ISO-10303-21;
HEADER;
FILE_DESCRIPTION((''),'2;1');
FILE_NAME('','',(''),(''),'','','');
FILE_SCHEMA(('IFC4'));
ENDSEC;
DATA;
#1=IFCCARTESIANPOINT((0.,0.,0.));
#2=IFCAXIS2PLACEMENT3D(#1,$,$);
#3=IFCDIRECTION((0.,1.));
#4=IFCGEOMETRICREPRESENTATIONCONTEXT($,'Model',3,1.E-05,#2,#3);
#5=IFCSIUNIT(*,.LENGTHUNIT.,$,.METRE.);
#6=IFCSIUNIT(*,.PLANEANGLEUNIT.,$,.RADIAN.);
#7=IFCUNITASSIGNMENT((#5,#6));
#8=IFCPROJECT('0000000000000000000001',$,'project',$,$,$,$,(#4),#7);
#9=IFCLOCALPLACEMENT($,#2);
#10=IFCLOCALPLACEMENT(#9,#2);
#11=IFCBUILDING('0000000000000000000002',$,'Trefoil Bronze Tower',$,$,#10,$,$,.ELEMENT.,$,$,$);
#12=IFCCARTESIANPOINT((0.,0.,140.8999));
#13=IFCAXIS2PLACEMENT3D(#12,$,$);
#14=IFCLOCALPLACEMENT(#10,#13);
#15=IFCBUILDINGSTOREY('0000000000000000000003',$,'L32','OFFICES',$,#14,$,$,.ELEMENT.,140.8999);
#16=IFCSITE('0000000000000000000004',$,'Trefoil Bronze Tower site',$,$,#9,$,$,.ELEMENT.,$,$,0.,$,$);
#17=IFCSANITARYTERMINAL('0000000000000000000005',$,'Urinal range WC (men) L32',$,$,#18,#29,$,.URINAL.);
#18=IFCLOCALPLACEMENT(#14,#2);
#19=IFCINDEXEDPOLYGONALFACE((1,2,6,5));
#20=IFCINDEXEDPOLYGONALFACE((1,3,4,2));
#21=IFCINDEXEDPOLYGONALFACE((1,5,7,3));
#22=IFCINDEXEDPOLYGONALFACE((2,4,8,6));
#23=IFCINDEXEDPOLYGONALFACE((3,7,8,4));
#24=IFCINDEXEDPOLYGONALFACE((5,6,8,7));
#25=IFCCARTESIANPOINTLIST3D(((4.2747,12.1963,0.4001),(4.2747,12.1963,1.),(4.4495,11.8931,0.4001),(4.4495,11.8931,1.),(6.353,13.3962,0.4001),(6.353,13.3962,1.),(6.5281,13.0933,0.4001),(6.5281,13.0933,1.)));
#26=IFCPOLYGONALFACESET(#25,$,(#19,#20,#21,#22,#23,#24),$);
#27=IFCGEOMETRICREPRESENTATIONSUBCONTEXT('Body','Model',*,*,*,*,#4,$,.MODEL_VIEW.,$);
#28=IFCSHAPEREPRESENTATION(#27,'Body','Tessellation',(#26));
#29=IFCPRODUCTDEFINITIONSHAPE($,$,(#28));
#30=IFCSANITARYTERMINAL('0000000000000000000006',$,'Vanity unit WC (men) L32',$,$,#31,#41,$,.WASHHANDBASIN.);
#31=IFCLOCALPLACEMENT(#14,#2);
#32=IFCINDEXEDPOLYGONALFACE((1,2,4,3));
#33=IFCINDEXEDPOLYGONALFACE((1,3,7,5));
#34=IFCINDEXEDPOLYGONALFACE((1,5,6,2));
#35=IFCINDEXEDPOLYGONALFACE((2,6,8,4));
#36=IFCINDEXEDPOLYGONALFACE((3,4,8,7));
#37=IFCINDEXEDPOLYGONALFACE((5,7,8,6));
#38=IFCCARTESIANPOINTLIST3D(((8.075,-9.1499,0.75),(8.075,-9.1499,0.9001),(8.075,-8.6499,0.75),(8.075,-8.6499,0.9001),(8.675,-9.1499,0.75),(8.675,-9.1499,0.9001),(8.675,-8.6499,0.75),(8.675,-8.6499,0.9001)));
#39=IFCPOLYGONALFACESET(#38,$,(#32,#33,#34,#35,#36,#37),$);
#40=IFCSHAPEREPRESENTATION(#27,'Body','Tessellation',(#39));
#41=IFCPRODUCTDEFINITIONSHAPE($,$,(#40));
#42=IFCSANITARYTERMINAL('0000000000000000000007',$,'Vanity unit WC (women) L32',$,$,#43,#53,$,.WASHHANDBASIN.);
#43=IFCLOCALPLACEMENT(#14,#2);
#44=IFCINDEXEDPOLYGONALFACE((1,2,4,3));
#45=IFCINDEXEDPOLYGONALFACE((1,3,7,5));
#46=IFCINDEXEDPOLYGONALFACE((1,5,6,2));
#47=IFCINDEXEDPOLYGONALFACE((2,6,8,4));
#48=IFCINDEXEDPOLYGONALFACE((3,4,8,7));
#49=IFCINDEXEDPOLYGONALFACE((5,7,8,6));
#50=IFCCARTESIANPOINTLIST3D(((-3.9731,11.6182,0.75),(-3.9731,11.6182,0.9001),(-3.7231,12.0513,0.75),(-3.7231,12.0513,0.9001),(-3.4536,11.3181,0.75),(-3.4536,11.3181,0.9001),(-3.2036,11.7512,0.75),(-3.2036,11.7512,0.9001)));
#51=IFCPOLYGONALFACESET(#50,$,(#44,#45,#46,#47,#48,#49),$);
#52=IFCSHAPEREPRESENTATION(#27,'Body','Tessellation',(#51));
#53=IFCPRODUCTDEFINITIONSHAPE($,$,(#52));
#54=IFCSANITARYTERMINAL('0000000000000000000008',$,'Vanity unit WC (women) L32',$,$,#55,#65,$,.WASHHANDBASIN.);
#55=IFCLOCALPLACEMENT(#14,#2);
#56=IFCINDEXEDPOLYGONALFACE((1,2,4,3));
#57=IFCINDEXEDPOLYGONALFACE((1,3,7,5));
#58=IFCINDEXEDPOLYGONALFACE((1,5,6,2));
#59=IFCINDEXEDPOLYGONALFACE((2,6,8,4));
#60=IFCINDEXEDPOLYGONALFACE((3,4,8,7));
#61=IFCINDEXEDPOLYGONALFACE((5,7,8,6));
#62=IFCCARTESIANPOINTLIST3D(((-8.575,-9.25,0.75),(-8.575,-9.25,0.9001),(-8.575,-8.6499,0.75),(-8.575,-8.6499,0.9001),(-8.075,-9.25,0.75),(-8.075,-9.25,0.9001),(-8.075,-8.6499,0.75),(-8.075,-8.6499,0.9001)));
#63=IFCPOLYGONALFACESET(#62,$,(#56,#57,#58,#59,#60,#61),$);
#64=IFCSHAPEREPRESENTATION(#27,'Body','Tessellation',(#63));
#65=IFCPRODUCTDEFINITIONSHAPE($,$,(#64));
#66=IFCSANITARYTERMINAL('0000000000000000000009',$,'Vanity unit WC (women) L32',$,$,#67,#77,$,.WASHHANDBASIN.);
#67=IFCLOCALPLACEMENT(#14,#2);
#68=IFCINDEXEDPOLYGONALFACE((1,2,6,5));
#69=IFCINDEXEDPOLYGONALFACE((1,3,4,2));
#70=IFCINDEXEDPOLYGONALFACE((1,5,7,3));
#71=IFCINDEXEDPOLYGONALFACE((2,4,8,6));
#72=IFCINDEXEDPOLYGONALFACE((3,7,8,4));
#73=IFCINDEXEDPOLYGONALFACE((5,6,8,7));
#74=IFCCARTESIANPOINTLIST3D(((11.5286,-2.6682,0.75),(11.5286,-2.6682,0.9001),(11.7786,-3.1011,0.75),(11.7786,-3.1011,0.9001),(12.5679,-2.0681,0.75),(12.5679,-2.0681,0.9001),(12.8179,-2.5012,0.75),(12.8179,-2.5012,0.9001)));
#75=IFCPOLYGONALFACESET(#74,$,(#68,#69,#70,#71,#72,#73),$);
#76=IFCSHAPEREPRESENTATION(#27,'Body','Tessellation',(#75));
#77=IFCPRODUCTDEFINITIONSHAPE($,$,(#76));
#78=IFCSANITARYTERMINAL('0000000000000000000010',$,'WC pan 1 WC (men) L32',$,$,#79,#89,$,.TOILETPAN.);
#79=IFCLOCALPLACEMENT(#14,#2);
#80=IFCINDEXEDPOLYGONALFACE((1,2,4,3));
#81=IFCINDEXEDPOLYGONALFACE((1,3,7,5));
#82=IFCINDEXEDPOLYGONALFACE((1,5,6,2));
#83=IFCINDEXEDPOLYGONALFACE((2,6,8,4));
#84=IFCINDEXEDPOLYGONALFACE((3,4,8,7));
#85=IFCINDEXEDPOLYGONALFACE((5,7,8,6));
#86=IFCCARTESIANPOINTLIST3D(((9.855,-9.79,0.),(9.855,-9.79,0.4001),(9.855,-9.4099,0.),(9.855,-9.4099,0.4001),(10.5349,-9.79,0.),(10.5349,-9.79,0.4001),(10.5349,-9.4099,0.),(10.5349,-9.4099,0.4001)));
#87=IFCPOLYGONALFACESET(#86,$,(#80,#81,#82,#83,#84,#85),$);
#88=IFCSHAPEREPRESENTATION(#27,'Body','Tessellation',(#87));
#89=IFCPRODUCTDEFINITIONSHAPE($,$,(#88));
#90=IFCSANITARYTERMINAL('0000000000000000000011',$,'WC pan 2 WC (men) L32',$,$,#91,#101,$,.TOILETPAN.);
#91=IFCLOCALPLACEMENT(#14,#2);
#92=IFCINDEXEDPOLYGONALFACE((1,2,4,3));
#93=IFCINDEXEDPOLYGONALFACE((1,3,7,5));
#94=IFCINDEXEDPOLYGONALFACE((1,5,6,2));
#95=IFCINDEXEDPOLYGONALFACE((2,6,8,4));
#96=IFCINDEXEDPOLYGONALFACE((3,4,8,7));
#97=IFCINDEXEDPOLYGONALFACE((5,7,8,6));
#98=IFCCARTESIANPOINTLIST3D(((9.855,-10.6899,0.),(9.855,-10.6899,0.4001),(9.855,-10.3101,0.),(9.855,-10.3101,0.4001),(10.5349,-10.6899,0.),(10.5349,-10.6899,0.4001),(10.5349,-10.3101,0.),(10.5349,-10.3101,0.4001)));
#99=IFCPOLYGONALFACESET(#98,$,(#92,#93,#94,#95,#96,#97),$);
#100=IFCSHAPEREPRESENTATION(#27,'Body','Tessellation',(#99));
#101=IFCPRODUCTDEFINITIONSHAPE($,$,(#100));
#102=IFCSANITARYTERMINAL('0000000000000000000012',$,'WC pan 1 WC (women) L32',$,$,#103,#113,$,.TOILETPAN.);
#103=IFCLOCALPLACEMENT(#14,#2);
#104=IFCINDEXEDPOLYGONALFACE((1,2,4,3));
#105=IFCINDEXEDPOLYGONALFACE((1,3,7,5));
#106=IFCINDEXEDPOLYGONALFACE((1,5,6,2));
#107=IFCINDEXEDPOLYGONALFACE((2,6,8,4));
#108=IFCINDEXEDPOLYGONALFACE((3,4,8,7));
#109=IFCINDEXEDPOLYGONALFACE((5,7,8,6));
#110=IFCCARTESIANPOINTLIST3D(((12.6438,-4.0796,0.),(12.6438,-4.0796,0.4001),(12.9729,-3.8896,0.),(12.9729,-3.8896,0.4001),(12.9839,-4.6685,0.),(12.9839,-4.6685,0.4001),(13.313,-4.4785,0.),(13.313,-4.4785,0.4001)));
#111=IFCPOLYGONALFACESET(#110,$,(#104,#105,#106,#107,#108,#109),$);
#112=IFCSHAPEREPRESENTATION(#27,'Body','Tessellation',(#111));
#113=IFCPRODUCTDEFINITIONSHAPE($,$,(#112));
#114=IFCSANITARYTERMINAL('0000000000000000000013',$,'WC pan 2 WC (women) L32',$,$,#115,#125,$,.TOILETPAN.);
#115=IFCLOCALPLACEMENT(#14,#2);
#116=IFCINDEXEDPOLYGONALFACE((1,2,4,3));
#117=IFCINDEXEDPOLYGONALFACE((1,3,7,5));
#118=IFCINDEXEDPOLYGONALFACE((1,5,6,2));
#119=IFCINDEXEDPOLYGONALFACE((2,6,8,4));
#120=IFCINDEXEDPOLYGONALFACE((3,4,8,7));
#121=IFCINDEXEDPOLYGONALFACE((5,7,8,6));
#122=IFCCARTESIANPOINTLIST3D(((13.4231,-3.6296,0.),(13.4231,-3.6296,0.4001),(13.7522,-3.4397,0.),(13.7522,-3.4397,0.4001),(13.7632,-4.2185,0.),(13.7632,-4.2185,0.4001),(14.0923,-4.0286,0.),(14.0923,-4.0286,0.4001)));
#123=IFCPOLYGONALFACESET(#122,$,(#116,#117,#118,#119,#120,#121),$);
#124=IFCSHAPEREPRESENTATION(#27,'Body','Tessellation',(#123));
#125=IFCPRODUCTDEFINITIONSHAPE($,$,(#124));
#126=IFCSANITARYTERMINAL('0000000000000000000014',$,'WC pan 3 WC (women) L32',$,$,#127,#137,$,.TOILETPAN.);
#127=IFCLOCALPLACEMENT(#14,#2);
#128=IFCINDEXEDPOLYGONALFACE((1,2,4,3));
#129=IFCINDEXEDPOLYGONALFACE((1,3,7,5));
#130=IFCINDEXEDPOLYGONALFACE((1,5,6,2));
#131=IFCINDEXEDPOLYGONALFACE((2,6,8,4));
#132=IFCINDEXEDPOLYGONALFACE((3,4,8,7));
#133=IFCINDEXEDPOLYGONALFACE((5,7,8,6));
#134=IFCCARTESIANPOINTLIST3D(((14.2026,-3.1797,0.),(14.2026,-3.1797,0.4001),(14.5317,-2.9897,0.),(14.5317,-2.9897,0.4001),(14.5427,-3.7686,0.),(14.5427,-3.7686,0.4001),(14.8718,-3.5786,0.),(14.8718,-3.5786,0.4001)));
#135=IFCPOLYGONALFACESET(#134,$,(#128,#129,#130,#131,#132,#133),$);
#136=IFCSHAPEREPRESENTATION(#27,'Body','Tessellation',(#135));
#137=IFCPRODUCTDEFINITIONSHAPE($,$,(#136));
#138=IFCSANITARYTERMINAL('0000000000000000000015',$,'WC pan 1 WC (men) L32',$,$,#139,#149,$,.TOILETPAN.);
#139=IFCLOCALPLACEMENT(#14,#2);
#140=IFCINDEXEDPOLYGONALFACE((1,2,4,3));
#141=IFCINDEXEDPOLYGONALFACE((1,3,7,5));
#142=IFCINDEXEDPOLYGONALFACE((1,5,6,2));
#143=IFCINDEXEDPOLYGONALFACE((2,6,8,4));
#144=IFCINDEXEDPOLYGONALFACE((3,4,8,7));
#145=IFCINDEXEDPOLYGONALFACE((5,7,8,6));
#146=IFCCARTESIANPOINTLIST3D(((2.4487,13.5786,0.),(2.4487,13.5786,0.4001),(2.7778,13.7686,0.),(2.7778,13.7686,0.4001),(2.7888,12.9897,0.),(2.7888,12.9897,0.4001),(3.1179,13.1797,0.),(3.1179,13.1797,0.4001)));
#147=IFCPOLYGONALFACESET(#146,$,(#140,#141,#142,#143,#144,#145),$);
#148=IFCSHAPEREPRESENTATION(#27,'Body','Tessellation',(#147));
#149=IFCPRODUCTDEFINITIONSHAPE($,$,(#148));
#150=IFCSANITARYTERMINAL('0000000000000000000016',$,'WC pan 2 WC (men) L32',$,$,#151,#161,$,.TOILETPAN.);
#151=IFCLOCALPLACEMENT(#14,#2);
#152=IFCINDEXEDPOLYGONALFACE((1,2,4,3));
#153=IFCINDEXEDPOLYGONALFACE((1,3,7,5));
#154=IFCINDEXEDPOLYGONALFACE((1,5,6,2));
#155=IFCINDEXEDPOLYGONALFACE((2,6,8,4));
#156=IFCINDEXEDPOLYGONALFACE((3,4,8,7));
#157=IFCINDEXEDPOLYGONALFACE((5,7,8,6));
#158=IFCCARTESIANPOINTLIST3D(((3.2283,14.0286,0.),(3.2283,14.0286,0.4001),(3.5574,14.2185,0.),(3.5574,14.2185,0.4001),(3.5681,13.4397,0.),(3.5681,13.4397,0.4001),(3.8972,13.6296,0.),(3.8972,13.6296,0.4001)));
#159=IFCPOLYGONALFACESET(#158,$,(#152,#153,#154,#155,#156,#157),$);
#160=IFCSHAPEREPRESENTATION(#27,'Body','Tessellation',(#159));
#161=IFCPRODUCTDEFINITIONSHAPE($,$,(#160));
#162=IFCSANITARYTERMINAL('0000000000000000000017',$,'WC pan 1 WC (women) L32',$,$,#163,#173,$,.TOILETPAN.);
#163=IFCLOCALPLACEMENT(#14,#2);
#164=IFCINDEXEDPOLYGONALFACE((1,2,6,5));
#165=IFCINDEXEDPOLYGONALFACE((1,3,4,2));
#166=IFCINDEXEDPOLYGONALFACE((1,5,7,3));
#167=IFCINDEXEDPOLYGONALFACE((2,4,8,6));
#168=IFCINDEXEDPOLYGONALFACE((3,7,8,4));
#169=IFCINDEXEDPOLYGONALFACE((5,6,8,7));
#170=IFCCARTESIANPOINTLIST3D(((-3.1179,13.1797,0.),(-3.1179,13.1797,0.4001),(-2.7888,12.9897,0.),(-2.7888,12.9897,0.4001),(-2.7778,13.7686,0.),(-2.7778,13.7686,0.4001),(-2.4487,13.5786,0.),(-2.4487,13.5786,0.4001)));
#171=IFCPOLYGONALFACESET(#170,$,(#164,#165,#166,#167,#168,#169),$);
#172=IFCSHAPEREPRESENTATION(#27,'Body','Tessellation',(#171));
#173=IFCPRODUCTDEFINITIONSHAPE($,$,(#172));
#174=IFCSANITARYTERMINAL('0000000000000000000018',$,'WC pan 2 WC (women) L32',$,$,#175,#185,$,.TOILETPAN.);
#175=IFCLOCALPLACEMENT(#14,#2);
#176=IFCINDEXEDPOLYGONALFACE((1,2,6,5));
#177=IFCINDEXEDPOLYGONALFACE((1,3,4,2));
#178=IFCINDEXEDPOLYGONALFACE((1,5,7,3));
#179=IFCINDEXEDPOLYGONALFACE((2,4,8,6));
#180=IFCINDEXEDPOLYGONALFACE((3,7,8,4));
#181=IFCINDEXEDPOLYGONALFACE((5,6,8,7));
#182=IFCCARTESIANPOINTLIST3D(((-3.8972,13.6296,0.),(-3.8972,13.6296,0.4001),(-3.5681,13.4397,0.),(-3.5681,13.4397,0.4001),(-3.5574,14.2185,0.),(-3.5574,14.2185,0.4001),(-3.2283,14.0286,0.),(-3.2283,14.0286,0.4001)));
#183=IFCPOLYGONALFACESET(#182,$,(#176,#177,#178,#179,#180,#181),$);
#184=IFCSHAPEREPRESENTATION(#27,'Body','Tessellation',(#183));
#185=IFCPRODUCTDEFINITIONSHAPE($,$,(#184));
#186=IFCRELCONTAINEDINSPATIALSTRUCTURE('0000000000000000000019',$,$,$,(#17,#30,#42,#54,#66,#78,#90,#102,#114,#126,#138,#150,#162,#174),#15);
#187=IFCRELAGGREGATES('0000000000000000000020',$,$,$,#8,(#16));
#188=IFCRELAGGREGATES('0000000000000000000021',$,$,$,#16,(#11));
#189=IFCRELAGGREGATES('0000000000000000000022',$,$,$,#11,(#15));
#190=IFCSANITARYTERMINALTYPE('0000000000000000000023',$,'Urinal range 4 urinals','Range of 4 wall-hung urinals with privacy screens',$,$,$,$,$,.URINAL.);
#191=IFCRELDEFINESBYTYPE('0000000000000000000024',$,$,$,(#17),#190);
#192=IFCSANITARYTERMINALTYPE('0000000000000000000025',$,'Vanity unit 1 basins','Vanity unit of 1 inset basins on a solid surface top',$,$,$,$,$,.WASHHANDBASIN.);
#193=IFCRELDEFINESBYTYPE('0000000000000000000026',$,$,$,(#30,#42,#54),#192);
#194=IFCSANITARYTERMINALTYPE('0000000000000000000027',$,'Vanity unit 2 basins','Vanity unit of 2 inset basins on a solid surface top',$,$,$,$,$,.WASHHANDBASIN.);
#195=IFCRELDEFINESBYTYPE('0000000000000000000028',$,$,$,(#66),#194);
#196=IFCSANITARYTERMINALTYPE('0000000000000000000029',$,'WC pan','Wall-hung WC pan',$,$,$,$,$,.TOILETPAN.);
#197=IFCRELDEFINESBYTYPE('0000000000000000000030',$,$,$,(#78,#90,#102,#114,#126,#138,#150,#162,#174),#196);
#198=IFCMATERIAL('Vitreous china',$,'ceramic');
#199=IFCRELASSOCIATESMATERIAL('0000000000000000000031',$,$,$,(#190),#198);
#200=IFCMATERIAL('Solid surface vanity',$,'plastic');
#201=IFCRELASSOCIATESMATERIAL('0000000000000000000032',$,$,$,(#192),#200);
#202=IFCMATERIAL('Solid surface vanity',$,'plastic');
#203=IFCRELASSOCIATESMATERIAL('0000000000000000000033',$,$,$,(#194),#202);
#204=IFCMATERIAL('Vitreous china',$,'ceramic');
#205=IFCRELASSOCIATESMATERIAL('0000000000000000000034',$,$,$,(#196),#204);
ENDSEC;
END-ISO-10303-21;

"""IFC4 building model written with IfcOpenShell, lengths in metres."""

from ifc_helpers import new_model, si_unit, direction, frame, origin, place, context, subcontext, project, spatial, polyline, outline, extrude, material, type_object, element, save


model = new_model("IFC4")

# Units and contexts
model_context = context("Model", 3, precision=1e-05, world=origin(), true_north=direction((0.0, 1.0)))
body_context = subcontext(model_context, "Body", "Model", "MODEL_VIEW")
ifc_project = project(units=[si_unit("LENGTHUNIT", "METRE"), si_unit("PLANEANGLEUNIT", "RADIAN")], contexts=[model_context])

# Site, building, storey
site_placement = place(None, origin())
site = spatial("IfcSite", under=ifc_project, at=site_placement, Name="Trefoil Bronze Tower site", CompositionType="ELEMENT", RefElevation=0.0)
building_placement = place(site_placement, origin())
building = spatial("IfcBuilding", under=site, at=building_placement, Name="Trefoil Bronze Tower", CompositionType="ELEMENT")
storey_placement = place(building_placement, frame((0.0, 0.0, 140.8999)))
storey = spatial("IfcBuildingStorey", under=building, at=storey_placement, Name="L32", Description="OFFICES", CompositionType="ELEMENT", Elevation=140.8999)

# Sanitary terminals
ifc_material_1 = material(Name="Vitreous china", Category="ceramic")
sanitary_terminal_type_1 = type_object("IfcSanitaryTerminalType", Name="Urinal range 4 urinals", Description="Range of 4 wall-hung urinals with privacy screens", PredefinedType="URINAL", material=ifc_material_1)
sanitary_terminal_1_placement = place(storey_placement, frame((0.0, 0.0, 0.4001)))
element("IfcSanitaryTerminal", 1, at=sanitary_terminal_1_placement, inside=storey, type_object=sanitary_terminal_type_1, Name="Urinal range WC (men) L32", PredefinedType="URINAL", context=body_context, shape_type="SweptSolid", body=[
    extrude(outline(polyline([(4.4495, 11.8931), (4.2747, 12.1963), (6.353, 13.3962), (6.5281, 13.0933), (4.4495, 11.8931)])), origin(), (0.0, 0.0, 1.0), 0.5999),
])
ifc_material_2 = material(Name="Solid surface vanity", Category="plastic")
sanitary_terminal_type_2 = type_object("IfcSanitaryTerminalType", Name="Vanity unit 1 basins", Description="Vanity unit of 1 inset basins on a solid surface top", PredefinedType="WASHHANDBASIN", material=ifc_material_2)
sanitary_terminal_2_placement = place(storey_placement, frame((0.0, 0.0, 0.75)))
element("IfcSanitaryTerminal", 2, at=sanitary_terminal_2_placement, inside=storey, type_object=sanitary_terminal_type_2, Name="Vanity unit WC (men) L32", PredefinedType="WASHHANDBASIN", context=body_context, shape_type="SweptSolid", body=[
    extrude(outline(polyline([(8.075, -8.6499), (8.675, -8.6499), (8.675, -9.1499), (8.075, -9.1499), (8.075, -8.6499)])), origin(), (0.0, 0.0, 1.0), 0.1501),
])
sanitary_terminal_3_placement = place(storey_placement, frame((0.0, 0.0, 0.75)))
element("IfcSanitaryTerminal", 3, at=sanitary_terminal_3_placement, inside=storey, type_object=sanitary_terminal_type_2, Name="Vanity unit WC (women) L32", PredefinedType="WASHHANDBASIN", context=body_context, shape_type="SweptSolid", body=[
    extrude(outline(polyline([(-3.4536, 11.3181), (-3.2036, 11.7512), (-3.7231, 12.0513), (-3.9731, 11.6182), (-3.4536, 11.3181)])), origin(), (0.0, 0.0, 1.0), 0.1501),
])
sanitary_terminal_4_placement = place(storey_placement, frame((0.0, 0.0, 0.75)))
element("IfcSanitaryTerminal", 4, at=sanitary_terminal_4_placement, inside=storey, type_object=sanitary_terminal_type_2, Name="Vanity unit WC (women) L32", PredefinedType="WASHHANDBASIN", context=body_context, shape_type="SweptSolid", body=[
    extrude(outline(polyline([(-8.075, -8.6499), (-8.575, -8.6499), (-8.575, -9.25), (-8.075, -9.25), (-8.075, -8.6499)])), origin(), (0.0, 0.0, 1.0), 0.1501),
])
ifc_material_3 = material(Name="Solid surface vanity", Category="plastic")
sanitary_terminal_type_3 = type_object("IfcSanitaryTerminalType", Name="Vanity unit 2 basins", Description="Vanity unit of 2 inset basins on a solid surface top", PredefinedType="WASHHANDBASIN", material=ifc_material_3)
sanitary_terminal_5_placement = place(storey_placement, frame((0.0, 0.0, 0.75)))
element("IfcSanitaryTerminal", 5, at=sanitary_terminal_5_placement, inside=storey, type_object=sanitary_terminal_type_3, Name="Vanity unit WC (women) L32", PredefinedType="WASHHANDBASIN", context=body_context, shape_type="SweptSolid", body=[
    extrude(outline(polyline([(11.5286, -2.6682), (11.7786, -3.1011), (12.8179, -2.5012), (12.5679, -2.0681), (11.5286, -2.6682)])), origin(), (0.0, 0.0, 1.0), 0.1501),
])
ifc_material_4 = material(Name="Vitreous china", Category="ceramic")
sanitary_terminal_type_4 = type_object("IfcSanitaryTerminalType", Name="WC pan", Description="Wall-hung WC pan", PredefinedType="TOILETPAN", material=ifc_material_4)
sanitary_terminal_6_placement = place(storey_placement, origin())
element("IfcSanitaryTerminal", 6, at=sanitary_terminal_6_placement, inside=storey, type_object=sanitary_terminal_type_4, Name="WC pan 1 WC (men) L32", PredefinedType="TOILETPAN", context=body_context, shape_type="SweptSolid", body=[
    extrude(outline(polyline([(9.855, -9.4099), (10.5349, -9.4099), (10.5349, -9.79), (9.855, -9.79), (9.855, -9.4099)])), origin(), (0.0, 0.0, 1.0), 0.4001),
])
sanitary_terminal_7_placement = place(storey_placement, origin())
element("IfcSanitaryTerminal", 7, at=sanitary_terminal_7_placement, inside=storey, type_object=sanitary_terminal_type_4, Name="WC pan 2 WC (men) L32", PredefinedType="TOILETPAN", context=body_context, shape_type="SweptSolid", body=[
    extrude(outline(polyline([(9.855, -10.3101), (10.5349, -10.3101), (10.5349, -10.6899), (9.855, -10.6899), (9.855, -10.3101)])), origin(), (0.0, 0.0, 1.0), 0.4001),
])
sanitary_terminal_8_placement = place(storey_placement, origin())
element("IfcSanitaryTerminal", 8, at=sanitary_terminal_8_placement, inside=storey, type_object=sanitary_terminal_type_4, Name="WC pan 1 WC (women) L32", PredefinedType="TOILETPAN", context=body_context, shape_type="SweptSolid", body=[
    extrude(outline(polyline([(12.6438, -4.0796), (12.9839, -4.6685), (13.313, -4.4785), (12.9729, -3.8896), (12.6438, -4.0796)])), origin(), (0.0, 0.0, 1.0), 0.4001),
])
sanitary_terminal_9_placement = place(storey_placement, origin())
element("IfcSanitaryTerminal", 9, at=sanitary_terminal_9_placement, inside=storey, type_object=sanitary_terminal_type_4, Name="WC pan 2 WC (women) L32", PredefinedType="TOILETPAN", context=body_context, shape_type="SweptSolid", body=[
    extrude(outline(polyline([(13.4231, -3.6296), (13.7632, -4.2185), (14.0923, -4.0286), (13.7522, -3.4397), (13.4231, -3.6296)])), origin(), (0.0, 0.0, 1.0), 0.4001),
])
sanitary_terminal_10_placement = place(storey_placement, origin())
element("IfcSanitaryTerminal", 10, at=sanitary_terminal_10_placement, inside=storey, type_object=sanitary_terminal_type_4, Name="WC pan 3 WC (women) L32", PredefinedType="TOILETPAN", context=body_context, shape_type="SweptSolid", body=[
    extrude(outline(polyline([(14.2026, -3.1797), (14.5427, -3.7686), (14.8718, -3.5786), (14.5317, -2.9897), (14.2026, -3.1797)])), origin(), (0.0, 0.0, 1.0), 0.4001),
])
sanitary_terminal_11_placement = place(storey_placement, origin())
element("IfcSanitaryTerminal", 11, at=sanitary_terminal_11_placement, inside=storey, type_object=sanitary_terminal_type_4, Name="WC pan 1 WC (men) L32", PredefinedType="TOILETPAN", context=body_context, shape_type="SweptSolid", body=[
    extrude(outline(polyline([(2.7888, 12.9897), (2.4487, 13.5786), (2.7778, 13.7686), (3.1179, 13.1797), (2.7888, 12.9897)])), origin(), (0.0, 0.0, 1.0), 0.4001),
])
sanitary_terminal_12_placement = place(storey_placement, origin())
element("IfcSanitaryTerminal", 12, at=sanitary_terminal_12_placement, inside=storey, type_object=sanitary_terminal_type_4, Name="WC pan 2 WC (men) L32", PredefinedType="TOILETPAN", context=body_context, shape_type="SweptSolid", body=[
    extrude(outline(polyline([(3.5681, 13.4397), (3.2283, 14.0286), (3.5574, 14.2185), (3.8972, 13.6296), (3.5681, 13.4397)])), origin(), (0.0, 0.0, 1.0), 0.4001),
])
sanitary_terminal_13_placement = place(storey_placement, origin())
element("IfcSanitaryTerminal", 13, at=sanitary_terminal_13_placement, inside=storey, type_object=sanitary_terminal_type_4, Name="WC pan 1 WC (women) L32", PredefinedType="TOILETPAN", context=body_context, shape_type="SweptSolid", body=[
    extrude(outline(polyline([(-2.7888, 12.9897), (-2.4487, 13.5786), (-2.7778, 13.7686), (-3.1179, 13.1797), (-2.7888, 12.9897)])), origin(), (0.0, 0.0, 1.0), 0.4001),
])
sanitary_terminal_14_placement = place(storey_placement, origin())
element("IfcSanitaryTerminal", 14, at=sanitary_terminal_14_placement, inside=storey, type_object=sanitary_terminal_type_4, Name="WC pan 2 WC (women) L32", PredefinedType="TOILETPAN", context=body_context, shape_type="SweptSolid", body=[
    extrude(outline(polyline([(-3.5681, 13.4397), (-3.2283, 14.0286), (-3.5574, 14.2185), (-3.8972, 13.6296), (-3.5681, 13.4397)])), origin(), (0.0, 0.0, 1.0), 0.4001),
])

save(model, "model.ifc")
